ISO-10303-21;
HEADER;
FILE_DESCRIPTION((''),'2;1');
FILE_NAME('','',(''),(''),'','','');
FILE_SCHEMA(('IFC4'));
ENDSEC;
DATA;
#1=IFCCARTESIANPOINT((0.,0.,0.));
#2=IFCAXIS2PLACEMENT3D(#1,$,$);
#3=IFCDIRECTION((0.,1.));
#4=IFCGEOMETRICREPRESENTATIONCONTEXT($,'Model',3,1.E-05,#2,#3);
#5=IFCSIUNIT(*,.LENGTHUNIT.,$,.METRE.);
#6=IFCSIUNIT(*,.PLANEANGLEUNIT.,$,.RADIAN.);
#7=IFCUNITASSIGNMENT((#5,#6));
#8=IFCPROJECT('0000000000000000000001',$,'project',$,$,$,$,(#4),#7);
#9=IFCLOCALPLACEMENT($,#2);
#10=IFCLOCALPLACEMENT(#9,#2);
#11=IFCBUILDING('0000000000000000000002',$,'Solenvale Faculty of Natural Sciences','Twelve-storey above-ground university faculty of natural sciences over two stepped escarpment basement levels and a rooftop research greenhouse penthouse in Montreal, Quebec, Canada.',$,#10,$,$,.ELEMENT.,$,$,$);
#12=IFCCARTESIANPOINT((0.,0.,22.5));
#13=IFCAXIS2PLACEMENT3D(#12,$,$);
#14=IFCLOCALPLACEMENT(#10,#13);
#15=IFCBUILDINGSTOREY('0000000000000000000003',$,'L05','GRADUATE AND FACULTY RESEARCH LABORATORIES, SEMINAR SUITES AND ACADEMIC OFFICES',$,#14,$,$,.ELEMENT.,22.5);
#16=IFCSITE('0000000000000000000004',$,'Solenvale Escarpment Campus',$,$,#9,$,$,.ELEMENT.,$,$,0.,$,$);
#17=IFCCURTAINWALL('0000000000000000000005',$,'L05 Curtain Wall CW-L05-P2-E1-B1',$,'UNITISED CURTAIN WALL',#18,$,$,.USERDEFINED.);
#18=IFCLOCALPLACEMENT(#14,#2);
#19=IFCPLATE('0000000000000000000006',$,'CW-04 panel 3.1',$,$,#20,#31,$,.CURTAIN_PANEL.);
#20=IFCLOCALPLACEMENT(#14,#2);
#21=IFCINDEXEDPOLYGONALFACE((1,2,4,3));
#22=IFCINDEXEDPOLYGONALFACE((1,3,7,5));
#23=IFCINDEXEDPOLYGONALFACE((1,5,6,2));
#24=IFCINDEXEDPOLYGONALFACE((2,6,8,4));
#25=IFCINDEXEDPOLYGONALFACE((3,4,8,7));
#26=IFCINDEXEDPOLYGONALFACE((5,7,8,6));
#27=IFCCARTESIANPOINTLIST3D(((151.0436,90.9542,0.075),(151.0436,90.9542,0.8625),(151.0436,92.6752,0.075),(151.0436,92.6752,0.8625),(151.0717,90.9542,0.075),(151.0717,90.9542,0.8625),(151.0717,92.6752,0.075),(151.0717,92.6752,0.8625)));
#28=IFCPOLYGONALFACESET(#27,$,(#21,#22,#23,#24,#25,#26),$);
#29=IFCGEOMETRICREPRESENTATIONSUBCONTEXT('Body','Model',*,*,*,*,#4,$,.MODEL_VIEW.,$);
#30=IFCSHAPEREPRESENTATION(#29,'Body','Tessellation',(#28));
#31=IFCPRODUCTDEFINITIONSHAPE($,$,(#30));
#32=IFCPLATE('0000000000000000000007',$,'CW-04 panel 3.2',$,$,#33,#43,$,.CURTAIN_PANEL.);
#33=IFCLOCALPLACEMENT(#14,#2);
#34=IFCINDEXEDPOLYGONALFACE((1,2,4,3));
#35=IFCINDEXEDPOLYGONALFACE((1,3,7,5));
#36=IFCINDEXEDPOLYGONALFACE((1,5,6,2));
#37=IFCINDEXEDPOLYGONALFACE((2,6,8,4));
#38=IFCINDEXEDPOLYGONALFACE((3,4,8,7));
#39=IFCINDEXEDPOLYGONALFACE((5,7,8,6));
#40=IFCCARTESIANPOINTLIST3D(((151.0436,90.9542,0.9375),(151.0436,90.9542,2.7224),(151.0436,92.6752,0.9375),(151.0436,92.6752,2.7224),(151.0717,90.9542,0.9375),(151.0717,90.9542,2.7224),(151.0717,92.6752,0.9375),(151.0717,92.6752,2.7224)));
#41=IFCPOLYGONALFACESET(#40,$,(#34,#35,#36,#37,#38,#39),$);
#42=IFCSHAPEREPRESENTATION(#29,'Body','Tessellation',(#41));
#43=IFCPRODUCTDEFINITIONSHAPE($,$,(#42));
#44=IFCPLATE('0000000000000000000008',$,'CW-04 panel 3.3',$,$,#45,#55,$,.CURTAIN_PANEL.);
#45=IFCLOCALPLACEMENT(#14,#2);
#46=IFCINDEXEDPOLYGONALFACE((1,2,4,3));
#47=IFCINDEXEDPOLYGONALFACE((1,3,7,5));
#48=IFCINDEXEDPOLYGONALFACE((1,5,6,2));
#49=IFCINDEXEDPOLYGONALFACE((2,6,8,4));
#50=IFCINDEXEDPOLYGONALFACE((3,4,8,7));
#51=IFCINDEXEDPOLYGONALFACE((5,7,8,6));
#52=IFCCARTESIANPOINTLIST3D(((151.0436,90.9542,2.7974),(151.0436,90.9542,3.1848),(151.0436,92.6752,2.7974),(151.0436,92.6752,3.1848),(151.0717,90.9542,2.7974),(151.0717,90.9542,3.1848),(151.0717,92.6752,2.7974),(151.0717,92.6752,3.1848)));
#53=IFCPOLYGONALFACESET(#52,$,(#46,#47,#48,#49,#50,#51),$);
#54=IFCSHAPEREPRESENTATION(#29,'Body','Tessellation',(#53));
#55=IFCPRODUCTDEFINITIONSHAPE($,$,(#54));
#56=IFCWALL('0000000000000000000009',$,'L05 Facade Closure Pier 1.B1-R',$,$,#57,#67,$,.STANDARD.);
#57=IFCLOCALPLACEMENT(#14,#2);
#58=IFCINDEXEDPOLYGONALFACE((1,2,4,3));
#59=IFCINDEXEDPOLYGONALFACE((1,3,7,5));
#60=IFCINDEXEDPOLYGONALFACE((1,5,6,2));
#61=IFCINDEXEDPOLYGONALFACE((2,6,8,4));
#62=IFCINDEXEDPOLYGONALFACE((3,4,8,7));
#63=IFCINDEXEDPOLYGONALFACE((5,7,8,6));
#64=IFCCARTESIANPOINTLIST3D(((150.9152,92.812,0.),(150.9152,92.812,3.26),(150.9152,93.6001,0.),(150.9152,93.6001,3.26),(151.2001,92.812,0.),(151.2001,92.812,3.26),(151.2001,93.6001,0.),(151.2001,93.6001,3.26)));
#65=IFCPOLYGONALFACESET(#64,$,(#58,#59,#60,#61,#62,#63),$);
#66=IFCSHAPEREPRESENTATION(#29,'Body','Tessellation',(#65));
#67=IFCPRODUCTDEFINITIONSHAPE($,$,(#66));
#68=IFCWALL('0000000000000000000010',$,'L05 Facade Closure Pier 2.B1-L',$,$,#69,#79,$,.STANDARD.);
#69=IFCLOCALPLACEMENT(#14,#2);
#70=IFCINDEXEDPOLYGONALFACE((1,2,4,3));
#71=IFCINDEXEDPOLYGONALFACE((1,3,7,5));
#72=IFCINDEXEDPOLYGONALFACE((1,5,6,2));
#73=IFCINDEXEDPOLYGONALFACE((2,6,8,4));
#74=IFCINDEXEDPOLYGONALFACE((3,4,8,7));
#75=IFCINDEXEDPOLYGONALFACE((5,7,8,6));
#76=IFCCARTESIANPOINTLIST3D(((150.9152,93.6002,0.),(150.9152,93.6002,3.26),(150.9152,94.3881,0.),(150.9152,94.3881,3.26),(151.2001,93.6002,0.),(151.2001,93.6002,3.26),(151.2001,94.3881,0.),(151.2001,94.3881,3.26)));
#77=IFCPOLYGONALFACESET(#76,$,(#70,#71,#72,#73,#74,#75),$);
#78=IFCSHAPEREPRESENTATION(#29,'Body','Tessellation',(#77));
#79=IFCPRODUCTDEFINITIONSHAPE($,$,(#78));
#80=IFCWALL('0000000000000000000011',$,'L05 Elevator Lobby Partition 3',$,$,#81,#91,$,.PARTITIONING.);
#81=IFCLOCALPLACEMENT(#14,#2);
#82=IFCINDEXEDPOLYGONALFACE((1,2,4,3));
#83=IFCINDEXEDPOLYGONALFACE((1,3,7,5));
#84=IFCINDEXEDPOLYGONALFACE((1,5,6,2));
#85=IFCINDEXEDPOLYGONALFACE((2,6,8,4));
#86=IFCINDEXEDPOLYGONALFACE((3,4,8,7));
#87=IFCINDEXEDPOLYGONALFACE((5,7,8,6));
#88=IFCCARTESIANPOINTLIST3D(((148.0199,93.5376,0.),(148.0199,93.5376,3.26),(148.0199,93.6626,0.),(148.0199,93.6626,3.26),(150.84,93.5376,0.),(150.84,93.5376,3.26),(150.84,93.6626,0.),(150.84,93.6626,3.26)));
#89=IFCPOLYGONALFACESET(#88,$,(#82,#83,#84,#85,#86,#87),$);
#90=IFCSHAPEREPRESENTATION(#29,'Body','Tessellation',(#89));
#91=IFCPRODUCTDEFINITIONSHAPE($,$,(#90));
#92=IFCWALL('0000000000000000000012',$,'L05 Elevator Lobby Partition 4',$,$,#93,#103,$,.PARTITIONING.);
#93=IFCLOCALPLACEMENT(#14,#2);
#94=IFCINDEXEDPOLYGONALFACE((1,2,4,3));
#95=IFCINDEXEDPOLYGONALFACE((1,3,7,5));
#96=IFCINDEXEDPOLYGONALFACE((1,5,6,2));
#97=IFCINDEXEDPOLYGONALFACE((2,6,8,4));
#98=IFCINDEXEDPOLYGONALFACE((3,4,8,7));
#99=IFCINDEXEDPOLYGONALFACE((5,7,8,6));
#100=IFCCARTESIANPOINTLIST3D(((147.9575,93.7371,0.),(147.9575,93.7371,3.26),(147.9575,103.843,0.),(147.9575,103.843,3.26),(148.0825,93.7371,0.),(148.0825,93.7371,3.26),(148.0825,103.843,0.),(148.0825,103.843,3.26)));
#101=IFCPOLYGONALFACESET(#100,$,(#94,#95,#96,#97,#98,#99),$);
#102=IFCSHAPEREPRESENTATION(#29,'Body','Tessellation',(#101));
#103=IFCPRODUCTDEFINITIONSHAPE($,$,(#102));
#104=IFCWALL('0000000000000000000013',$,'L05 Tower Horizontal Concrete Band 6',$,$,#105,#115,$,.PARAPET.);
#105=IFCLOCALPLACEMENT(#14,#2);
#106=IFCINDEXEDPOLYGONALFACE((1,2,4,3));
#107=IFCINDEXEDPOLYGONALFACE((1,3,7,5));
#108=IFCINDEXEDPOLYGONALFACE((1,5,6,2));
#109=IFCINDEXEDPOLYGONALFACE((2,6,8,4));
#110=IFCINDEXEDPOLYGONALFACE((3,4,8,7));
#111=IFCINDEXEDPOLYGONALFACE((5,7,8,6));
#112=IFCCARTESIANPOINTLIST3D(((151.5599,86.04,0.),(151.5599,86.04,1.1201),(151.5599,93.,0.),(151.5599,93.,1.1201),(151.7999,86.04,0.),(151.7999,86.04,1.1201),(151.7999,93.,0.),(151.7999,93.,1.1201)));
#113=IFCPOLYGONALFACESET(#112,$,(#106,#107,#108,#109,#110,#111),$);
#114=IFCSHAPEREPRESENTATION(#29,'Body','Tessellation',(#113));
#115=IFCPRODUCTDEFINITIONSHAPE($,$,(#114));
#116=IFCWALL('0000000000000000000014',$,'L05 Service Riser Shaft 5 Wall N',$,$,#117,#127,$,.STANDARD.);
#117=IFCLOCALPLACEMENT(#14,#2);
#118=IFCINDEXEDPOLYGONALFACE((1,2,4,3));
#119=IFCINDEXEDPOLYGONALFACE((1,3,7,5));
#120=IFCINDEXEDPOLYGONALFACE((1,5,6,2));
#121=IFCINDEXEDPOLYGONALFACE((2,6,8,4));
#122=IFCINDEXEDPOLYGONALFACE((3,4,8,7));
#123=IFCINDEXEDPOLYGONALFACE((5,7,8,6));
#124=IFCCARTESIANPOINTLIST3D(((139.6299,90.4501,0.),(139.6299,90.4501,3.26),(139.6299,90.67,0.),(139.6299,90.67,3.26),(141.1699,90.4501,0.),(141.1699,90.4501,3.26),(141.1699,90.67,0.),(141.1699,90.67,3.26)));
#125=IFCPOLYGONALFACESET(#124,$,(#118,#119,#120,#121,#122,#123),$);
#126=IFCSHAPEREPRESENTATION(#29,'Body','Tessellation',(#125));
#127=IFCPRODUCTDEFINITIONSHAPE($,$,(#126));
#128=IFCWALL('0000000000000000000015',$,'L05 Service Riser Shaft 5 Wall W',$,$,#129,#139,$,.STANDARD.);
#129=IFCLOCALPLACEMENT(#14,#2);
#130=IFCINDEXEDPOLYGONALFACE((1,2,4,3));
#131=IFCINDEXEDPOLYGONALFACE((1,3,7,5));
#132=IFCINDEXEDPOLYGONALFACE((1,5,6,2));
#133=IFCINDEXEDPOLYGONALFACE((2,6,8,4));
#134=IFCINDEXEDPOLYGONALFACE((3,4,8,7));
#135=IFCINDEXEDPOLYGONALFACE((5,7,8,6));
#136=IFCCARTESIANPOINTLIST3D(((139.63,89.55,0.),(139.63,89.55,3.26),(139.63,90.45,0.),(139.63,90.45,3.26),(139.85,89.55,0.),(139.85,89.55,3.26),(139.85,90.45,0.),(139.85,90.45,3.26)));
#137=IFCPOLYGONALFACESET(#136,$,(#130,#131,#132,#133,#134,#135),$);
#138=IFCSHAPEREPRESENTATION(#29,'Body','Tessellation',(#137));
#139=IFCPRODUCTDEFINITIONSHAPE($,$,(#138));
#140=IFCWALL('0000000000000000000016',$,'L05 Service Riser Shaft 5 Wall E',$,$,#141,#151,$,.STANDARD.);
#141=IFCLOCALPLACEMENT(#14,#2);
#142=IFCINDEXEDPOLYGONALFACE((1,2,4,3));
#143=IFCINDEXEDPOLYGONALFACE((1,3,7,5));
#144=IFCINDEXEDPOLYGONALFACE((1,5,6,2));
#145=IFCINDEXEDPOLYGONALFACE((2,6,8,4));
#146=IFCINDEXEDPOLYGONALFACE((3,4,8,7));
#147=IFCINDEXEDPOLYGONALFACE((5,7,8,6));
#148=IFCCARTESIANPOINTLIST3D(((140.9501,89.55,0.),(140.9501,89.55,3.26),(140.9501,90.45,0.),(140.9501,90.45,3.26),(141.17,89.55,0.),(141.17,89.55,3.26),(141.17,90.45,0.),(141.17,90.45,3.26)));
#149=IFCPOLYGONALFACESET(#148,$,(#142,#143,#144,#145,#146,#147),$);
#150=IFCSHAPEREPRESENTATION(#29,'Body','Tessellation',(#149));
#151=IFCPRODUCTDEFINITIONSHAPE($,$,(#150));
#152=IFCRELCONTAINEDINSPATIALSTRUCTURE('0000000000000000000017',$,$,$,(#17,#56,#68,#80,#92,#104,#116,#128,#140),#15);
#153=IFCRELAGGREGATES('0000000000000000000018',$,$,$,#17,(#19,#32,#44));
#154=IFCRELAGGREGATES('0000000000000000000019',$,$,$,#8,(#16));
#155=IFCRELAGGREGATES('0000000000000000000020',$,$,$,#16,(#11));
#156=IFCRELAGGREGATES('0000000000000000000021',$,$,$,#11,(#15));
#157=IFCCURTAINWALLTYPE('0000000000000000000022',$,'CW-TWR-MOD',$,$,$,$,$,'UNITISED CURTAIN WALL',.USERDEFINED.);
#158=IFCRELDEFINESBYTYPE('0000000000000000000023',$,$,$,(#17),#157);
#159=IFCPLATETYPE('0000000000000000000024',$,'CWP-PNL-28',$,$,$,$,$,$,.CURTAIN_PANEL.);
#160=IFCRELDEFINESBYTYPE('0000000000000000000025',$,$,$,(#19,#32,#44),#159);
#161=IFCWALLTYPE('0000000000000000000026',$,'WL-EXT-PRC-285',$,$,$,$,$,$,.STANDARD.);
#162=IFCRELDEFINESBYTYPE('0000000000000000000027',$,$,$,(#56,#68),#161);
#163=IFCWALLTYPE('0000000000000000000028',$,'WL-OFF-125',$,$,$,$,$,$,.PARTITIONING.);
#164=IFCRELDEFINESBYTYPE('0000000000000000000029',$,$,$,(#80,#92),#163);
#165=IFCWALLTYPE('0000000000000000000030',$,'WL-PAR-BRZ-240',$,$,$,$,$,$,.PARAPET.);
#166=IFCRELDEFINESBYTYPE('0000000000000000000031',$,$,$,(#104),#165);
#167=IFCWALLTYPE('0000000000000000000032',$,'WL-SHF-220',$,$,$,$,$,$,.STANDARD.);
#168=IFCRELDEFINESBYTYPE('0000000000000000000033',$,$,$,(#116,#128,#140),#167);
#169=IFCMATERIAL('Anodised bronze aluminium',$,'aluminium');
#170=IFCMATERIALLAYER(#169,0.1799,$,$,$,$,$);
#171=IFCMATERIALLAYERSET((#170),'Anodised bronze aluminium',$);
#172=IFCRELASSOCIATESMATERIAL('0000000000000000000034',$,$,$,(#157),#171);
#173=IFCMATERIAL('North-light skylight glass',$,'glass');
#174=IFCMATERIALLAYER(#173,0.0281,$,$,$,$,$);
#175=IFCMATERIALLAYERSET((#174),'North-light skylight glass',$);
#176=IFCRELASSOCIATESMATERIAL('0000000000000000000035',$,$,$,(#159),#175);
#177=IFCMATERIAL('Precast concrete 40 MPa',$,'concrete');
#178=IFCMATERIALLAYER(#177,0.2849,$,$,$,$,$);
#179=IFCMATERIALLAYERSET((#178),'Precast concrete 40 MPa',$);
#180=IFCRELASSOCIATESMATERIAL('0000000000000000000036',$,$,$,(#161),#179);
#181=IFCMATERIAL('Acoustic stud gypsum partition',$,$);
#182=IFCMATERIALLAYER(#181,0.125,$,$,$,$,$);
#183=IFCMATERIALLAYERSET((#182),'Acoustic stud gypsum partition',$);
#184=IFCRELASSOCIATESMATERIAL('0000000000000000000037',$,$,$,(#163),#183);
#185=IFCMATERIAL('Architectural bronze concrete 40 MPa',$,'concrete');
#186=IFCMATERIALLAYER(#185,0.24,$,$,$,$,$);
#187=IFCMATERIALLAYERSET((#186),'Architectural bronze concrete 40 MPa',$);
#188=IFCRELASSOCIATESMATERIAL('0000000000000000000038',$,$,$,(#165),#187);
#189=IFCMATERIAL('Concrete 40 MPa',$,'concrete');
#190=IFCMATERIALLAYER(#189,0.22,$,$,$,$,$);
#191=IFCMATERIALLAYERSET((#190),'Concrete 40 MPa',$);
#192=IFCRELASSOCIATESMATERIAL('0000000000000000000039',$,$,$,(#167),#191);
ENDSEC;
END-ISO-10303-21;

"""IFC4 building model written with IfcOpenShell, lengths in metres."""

from ifc_helpers import new_model, si_unit, direction, frame, frame_2d, origin, origin_2d, place, context, subcontext, project, spatial, rectangle, extrude, material, layer, layer_set, type_object, element, aggregate, save


model = new_model("IFC4")

# Units and contexts
model_context = context("Model", 3, precision=1e-05, world=origin(), true_north=direction((0.0, 1.0)))
body_context = subcontext(model_context, "Body", "Model", "MODEL_VIEW")
ifc_project = project(units=[si_unit("LENGTHUNIT", "METRE"), si_unit("PLANEANGLEUNIT", "RADIAN")], contexts=[model_context])

# Site, building, storey
site_placement = place(None, origin())
site = spatial("IfcSite", under=ifc_project, at=site_placement, Name="Solenvale Escarpment Campus", CompositionType="ELEMENT", RefElevation=0.0)
building_placement = place(site_placement, origin())
building = spatial("IfcBuilding", under=site, at=building_placement, Name="Solenvale Faculty of Natural Sciences", Description="Twelve-storey above-ground university faculty of natural sciences over two stepped escarpment basement levels and a rooftop research greenhouse penthouse in Montreal, Quebec, Canada.", CompositionType="ELEMENT")
storey_placement = place(building_placement, frame((0.0, 0.0, 22.5)))
storey = spatial("IfcBuildingStorey", under=building, at=storey_placement, Name="L05", Description="GRADUATE AND FACULTY RESEARCH LABORATORIES, SEMINAR SUITES AND ACADEMIC OFFICES", CompositionType="ELEMENT", Elevation=22.5)

# Shared definitions
ifc_material_1 = material(Name="Concrete 40 MPa", Category="concrete")

# Curtain wall, plates
ifc_material_2 = material(Name="Anodised bronze aluminium", Category="aluminium")
ifc_layer_1 = layer(ifc_material_2, 0.1799)
ifc_layer_set_1 = layer_set([ifc_layer_1], Name="Anodised bronze aluminium")
curtain_wall_type = type_object("IfcCurtainWallType", Name="CW-TWR-MOD", ElementType="UNITISED CURTAIN WALL", PredefinedType="USERDEFINED", material=ifc_layer_set_1)
curtain_wall_placement = place(storey_placement, origin())
curtain_wall = element("IfcCurtainWall", 1, at=curtain_wall_placement, inside=storey, type_object=curtain_wall_type, Name="L05 Curtain Wall CW-L05-P2-E1-B1", ObjectType="UNITISED CURTAIN WALL", PredefinedType="USERDEFINED")
ifc_material_3 = material(Name="North-light skylight glass", Category="glass")
ifc_layer_2 = layer(ifc_material_3, 0.0281)
ifc_layer_set_2 = layer_set([ifc_layer_2], Name="North-light skylight glass")
plate_type = type_object("IfcPlateType", Name="CWP-PNL-28", PredefinedType="CURTAIN_PANEL", material=ifc_layer_set_2)
plate_1_placement = place(storey_placement, frame((151.0576, 91.8147, 0.075), z_axis=(0.0, 0.0, 1.0), x_axis=(0.0, 1.0, 0.0)))
plate_1 = element("IfcPlate", 2, at=plate_1_placement, type_object=plate_type, Name="CW-04 panel 3.1", PredefinedType="CURTAIN_PANEL", context=body_context, shape_type="SweptSolid", body=[
    extrude(rectangle(XDim=1.7209, YDim=0.0281, at=origin_2d()), origin(), (0.0, 0.0, 1.0), 0.7876),
])
plate_2_placement = place(storey_placement, frame((151.0576, 91.8147, 0.9375), z_axis=(0.0, 0.0, 1.0), x_axis=(0.0, 1.0, 0.0)))
plate_2 = element("IfcPlate", 3, at=plate_2_placement, type_object=plate_type, Name="CW-04 panel 3.2", PredefinedType="CURTAIN_PANEL", context=body_context, shape_type="SweptSolid", body=[
    extrude(rectangle(XDim=1.7209, YDim=0.0281, at=origin_2d()), origin(), (0.0, 0.0, 1.0), 1.7849),
])
plate_3_placement = place(storey_placement, frame((151.0576, 91.8147, 2.7974), z_axis=(0.0, 0.0, 1.0), x_axis=(0.0, 1.0, 0.0)))
plate_3 = element("IfcPlate", 4, at=plate_3_placement, type_object=plate_type, Name="CW-04 panel 3.3", PredefinedType="CURTAIN_PANEL", context=body_context, shape_type="SweptSolid", body=[
    extrude(rectangle(XDim=1.7209, YDim=0.0281, at=origin_2d()), origin(), (0.0, 0.0, 1.0), 0.3875),
])
aggregate(curtain_wall, [plate_1, plate_2, plate_3])

# Walls
ifc_material_4 = material(Name="Precast concrete 40 MPa", Category="concrete")
ifc_layer_3 = layer(ifc_material_4, 0.2849)
ifc_layer_set_3 = layer_set([ifc_layer_3], Name="Precast concrete 40 MPa")
wall_type_1 = type_object("IfcWallType", Name="WL-EXT-PRC-285", PredefinedType="STANDARD", material=ifc_layer_set_3)
wall_1_placement = place(storey_placement, frame((151.0576, 92.812, 0.0), z_axis=(0.0, 0.0, 1.0), x_axis=(0.0, 1.0, 0.0)))
element("IfcWall", 5, at=wall_1_placement, inside=storey, type_object=wall_type_1, Name="L05 Facade Closure Pier 1.B1-R", PredefinedType="STANDARD", context=body_context, shape_type="SweptSolid", body=[
    extrude(rectangle(XDim=0.7881, YDim=0.2849, at=frame_2d((0.394, 0.0))), origin(), (0.0, 0.0, 1.0), 3.26),
])
wall_2_placement = place(storey_placement, frame((151.0576, 93.6001, 0.0), z_axis=(0.0, 0.0, 1.0), x_axis=(0.0, 1.0, 0.0)))
element("IfcWall", 6, at=wall_2_placement, inside=storey, type_object=wall_type_1, Name="L05 Facade Closure Pier 2.B1-L", PredefinedType="STANDARD", context=body_context, shape_type="SweptSolid", body=[
    extrude(rectangle(XDim=0.7878, YDim=0.2849, at=frame_2d((0.394, 0.0))), origin(), (0.0, 0.0, 1.0), 3.26),
])
ifc_material_5 = material(Name="Acoustic stud gypsum partition")
ifc_layer_4 = layer(ifc_material_5, 0.125)
ifc_layer_set_4 = layer_set([ifc_layer_4], Name="Acoustic stud gypsum partition")
wall_type_2 = type_object("IfcWallType", Name="WL-OFF-125", PredefinedType="PARTITIONING", material=ifc_layer_set_4)
wall_3_placement = place(storey_placement, frame((150.8401, 93.6001, 0.0), z_axis=(0.0, 0.0, 1.0), x_axis=(-1.0, 0.0, 0.0)))
element("IfcWall", 7, at=wall_3_placement, inside=storey, type_object=wall_type_2, Name="L05 Elevator Lobby Partition 3", PredefinedType="PARTITIONING", context=body_context, shape_type="SweptSolid", body=[
    extrude(rectangle(XDim=2.8201, YDim=0.125, at=frame_2d((1.4102, 0.0))), origin(), (0.0, 0.0, 1.0), 3.26),
])
wall_4_placement = place(storey_placement, frame((148.02, 93.7371, 0.0), z_axis=(0.0, 0.0, 1.0), x_axis=(0.0, 1.0, 0.0)))
element("IfcWall", 8, at=wall_4_placement, inside=storey, type_object=wall_type_2, Name="L05 Elevator Lobby Partition 4", PredefinedType="PARTITIONING", context=body_context, shape_type="SweptSolid", body=[
    extrude(rectangle(XDim=10.106, YDim=0.125, at=frame_2d((5.053, 0.0))), origin(), (0.0, 0.0, 1.0), 3.26),
])
ifc_material_6 = material(Name="Architectural bronze concrete 40 MPa", Category="concrete")
ifc_layer_5 = layer(ifc_material_6, 0.24)
ifc_layer_set_5 = layer_set([ifc_layer_5], Name="Architectural bronze concrete 40 MPa")
wall_type_3 = type_object("IfcWallType", Name="WL-PAR-BRZ-240", PredefinedType="PARAPET", material=ifc_layer_set_5)
wall_5_placement = place(storey_placement, frame((151.6799, 93.0, 0.0), z_axis=(0.0, 0.0, 1.0), x_axis=(0.0, -1.0, 0.0)))
element("IfcWall", 9, at=wall_5_placement, inside=storey, type_object=wall_type_3, Name="L05 Tower Horizontal Concrete Band 6", PredefinedType="PARAPET", context=body_context, shape_type="SweptSolid", body=[
    extrude(rectangle(XDim=6.96, YDim=0.24, at=frame_2d((3.48, 0.0))), origin(), (0.0, 0.0, 1.0), 1.1201),
])

# Walls
ifc_layer_6 = layer(ifc_material_1, 0.22)
ifc_layer_set_6 = layer_set([ifc_layer_6], Name="Concrete 40 MPa")
wall_type_4 = type_object("IfcWallType", Name="WL-SHF-220", PredefinedType="STANDARD", material=ifc_layer_set_6)
wall_6_placement = place(storey_placement, frame((139.6299, 90.5601, 0.0), z_axis=(0.0, 0.0, 1.0), x_axis=(1.0, 0.0, 0.0)))
element("IfcWall", 10, at=wall_6_placement, inside=storey, type_object=wall_type_4, Name="L05 Service Riser Shaft 5 Wall N", PredefinedType="STANDARD", context=body_context, shape_type="SweptSolid", body=[
    extrude(rectangle(XDim=1.54, YDim=0.22, at=frame_2d((0.77, 0.0))), origin(), (0.0, 0.0, 1.0), 3.26),
])
for number, where, z_axis, x_axis, name in (
    (11, (139.74, 89.55, 0.0), (0.0, 0.0, 1.0), (0.0, 1.0, 0.0), "L05 Service Riser Shaft 5 Wall W"),
    (12, (141.0601, 89.55, 0.0), (0.0, 0.0, 1.0), (0.0, 1.0, 0.0), "L05 Service Riser Shaft 5 Wall E"),
):
    element("IfcWall", number, at=place(storey_placement, frame(where, z_axis=z_axis, x_axis=x_axis)), inside=storey, type_object=wall_type_4, Name=name, PredefinedType="STANDARD", context=body_context, shape_type="SweptSolid", body=[
        extrude(rectangle(XDim=0.8999, YDim=0.22, at=frame_2d((0.45, 0.0))), origin(), (0.0, 0.0, 1.0), 3.26),
    ])

save(model, "model.ifc")
